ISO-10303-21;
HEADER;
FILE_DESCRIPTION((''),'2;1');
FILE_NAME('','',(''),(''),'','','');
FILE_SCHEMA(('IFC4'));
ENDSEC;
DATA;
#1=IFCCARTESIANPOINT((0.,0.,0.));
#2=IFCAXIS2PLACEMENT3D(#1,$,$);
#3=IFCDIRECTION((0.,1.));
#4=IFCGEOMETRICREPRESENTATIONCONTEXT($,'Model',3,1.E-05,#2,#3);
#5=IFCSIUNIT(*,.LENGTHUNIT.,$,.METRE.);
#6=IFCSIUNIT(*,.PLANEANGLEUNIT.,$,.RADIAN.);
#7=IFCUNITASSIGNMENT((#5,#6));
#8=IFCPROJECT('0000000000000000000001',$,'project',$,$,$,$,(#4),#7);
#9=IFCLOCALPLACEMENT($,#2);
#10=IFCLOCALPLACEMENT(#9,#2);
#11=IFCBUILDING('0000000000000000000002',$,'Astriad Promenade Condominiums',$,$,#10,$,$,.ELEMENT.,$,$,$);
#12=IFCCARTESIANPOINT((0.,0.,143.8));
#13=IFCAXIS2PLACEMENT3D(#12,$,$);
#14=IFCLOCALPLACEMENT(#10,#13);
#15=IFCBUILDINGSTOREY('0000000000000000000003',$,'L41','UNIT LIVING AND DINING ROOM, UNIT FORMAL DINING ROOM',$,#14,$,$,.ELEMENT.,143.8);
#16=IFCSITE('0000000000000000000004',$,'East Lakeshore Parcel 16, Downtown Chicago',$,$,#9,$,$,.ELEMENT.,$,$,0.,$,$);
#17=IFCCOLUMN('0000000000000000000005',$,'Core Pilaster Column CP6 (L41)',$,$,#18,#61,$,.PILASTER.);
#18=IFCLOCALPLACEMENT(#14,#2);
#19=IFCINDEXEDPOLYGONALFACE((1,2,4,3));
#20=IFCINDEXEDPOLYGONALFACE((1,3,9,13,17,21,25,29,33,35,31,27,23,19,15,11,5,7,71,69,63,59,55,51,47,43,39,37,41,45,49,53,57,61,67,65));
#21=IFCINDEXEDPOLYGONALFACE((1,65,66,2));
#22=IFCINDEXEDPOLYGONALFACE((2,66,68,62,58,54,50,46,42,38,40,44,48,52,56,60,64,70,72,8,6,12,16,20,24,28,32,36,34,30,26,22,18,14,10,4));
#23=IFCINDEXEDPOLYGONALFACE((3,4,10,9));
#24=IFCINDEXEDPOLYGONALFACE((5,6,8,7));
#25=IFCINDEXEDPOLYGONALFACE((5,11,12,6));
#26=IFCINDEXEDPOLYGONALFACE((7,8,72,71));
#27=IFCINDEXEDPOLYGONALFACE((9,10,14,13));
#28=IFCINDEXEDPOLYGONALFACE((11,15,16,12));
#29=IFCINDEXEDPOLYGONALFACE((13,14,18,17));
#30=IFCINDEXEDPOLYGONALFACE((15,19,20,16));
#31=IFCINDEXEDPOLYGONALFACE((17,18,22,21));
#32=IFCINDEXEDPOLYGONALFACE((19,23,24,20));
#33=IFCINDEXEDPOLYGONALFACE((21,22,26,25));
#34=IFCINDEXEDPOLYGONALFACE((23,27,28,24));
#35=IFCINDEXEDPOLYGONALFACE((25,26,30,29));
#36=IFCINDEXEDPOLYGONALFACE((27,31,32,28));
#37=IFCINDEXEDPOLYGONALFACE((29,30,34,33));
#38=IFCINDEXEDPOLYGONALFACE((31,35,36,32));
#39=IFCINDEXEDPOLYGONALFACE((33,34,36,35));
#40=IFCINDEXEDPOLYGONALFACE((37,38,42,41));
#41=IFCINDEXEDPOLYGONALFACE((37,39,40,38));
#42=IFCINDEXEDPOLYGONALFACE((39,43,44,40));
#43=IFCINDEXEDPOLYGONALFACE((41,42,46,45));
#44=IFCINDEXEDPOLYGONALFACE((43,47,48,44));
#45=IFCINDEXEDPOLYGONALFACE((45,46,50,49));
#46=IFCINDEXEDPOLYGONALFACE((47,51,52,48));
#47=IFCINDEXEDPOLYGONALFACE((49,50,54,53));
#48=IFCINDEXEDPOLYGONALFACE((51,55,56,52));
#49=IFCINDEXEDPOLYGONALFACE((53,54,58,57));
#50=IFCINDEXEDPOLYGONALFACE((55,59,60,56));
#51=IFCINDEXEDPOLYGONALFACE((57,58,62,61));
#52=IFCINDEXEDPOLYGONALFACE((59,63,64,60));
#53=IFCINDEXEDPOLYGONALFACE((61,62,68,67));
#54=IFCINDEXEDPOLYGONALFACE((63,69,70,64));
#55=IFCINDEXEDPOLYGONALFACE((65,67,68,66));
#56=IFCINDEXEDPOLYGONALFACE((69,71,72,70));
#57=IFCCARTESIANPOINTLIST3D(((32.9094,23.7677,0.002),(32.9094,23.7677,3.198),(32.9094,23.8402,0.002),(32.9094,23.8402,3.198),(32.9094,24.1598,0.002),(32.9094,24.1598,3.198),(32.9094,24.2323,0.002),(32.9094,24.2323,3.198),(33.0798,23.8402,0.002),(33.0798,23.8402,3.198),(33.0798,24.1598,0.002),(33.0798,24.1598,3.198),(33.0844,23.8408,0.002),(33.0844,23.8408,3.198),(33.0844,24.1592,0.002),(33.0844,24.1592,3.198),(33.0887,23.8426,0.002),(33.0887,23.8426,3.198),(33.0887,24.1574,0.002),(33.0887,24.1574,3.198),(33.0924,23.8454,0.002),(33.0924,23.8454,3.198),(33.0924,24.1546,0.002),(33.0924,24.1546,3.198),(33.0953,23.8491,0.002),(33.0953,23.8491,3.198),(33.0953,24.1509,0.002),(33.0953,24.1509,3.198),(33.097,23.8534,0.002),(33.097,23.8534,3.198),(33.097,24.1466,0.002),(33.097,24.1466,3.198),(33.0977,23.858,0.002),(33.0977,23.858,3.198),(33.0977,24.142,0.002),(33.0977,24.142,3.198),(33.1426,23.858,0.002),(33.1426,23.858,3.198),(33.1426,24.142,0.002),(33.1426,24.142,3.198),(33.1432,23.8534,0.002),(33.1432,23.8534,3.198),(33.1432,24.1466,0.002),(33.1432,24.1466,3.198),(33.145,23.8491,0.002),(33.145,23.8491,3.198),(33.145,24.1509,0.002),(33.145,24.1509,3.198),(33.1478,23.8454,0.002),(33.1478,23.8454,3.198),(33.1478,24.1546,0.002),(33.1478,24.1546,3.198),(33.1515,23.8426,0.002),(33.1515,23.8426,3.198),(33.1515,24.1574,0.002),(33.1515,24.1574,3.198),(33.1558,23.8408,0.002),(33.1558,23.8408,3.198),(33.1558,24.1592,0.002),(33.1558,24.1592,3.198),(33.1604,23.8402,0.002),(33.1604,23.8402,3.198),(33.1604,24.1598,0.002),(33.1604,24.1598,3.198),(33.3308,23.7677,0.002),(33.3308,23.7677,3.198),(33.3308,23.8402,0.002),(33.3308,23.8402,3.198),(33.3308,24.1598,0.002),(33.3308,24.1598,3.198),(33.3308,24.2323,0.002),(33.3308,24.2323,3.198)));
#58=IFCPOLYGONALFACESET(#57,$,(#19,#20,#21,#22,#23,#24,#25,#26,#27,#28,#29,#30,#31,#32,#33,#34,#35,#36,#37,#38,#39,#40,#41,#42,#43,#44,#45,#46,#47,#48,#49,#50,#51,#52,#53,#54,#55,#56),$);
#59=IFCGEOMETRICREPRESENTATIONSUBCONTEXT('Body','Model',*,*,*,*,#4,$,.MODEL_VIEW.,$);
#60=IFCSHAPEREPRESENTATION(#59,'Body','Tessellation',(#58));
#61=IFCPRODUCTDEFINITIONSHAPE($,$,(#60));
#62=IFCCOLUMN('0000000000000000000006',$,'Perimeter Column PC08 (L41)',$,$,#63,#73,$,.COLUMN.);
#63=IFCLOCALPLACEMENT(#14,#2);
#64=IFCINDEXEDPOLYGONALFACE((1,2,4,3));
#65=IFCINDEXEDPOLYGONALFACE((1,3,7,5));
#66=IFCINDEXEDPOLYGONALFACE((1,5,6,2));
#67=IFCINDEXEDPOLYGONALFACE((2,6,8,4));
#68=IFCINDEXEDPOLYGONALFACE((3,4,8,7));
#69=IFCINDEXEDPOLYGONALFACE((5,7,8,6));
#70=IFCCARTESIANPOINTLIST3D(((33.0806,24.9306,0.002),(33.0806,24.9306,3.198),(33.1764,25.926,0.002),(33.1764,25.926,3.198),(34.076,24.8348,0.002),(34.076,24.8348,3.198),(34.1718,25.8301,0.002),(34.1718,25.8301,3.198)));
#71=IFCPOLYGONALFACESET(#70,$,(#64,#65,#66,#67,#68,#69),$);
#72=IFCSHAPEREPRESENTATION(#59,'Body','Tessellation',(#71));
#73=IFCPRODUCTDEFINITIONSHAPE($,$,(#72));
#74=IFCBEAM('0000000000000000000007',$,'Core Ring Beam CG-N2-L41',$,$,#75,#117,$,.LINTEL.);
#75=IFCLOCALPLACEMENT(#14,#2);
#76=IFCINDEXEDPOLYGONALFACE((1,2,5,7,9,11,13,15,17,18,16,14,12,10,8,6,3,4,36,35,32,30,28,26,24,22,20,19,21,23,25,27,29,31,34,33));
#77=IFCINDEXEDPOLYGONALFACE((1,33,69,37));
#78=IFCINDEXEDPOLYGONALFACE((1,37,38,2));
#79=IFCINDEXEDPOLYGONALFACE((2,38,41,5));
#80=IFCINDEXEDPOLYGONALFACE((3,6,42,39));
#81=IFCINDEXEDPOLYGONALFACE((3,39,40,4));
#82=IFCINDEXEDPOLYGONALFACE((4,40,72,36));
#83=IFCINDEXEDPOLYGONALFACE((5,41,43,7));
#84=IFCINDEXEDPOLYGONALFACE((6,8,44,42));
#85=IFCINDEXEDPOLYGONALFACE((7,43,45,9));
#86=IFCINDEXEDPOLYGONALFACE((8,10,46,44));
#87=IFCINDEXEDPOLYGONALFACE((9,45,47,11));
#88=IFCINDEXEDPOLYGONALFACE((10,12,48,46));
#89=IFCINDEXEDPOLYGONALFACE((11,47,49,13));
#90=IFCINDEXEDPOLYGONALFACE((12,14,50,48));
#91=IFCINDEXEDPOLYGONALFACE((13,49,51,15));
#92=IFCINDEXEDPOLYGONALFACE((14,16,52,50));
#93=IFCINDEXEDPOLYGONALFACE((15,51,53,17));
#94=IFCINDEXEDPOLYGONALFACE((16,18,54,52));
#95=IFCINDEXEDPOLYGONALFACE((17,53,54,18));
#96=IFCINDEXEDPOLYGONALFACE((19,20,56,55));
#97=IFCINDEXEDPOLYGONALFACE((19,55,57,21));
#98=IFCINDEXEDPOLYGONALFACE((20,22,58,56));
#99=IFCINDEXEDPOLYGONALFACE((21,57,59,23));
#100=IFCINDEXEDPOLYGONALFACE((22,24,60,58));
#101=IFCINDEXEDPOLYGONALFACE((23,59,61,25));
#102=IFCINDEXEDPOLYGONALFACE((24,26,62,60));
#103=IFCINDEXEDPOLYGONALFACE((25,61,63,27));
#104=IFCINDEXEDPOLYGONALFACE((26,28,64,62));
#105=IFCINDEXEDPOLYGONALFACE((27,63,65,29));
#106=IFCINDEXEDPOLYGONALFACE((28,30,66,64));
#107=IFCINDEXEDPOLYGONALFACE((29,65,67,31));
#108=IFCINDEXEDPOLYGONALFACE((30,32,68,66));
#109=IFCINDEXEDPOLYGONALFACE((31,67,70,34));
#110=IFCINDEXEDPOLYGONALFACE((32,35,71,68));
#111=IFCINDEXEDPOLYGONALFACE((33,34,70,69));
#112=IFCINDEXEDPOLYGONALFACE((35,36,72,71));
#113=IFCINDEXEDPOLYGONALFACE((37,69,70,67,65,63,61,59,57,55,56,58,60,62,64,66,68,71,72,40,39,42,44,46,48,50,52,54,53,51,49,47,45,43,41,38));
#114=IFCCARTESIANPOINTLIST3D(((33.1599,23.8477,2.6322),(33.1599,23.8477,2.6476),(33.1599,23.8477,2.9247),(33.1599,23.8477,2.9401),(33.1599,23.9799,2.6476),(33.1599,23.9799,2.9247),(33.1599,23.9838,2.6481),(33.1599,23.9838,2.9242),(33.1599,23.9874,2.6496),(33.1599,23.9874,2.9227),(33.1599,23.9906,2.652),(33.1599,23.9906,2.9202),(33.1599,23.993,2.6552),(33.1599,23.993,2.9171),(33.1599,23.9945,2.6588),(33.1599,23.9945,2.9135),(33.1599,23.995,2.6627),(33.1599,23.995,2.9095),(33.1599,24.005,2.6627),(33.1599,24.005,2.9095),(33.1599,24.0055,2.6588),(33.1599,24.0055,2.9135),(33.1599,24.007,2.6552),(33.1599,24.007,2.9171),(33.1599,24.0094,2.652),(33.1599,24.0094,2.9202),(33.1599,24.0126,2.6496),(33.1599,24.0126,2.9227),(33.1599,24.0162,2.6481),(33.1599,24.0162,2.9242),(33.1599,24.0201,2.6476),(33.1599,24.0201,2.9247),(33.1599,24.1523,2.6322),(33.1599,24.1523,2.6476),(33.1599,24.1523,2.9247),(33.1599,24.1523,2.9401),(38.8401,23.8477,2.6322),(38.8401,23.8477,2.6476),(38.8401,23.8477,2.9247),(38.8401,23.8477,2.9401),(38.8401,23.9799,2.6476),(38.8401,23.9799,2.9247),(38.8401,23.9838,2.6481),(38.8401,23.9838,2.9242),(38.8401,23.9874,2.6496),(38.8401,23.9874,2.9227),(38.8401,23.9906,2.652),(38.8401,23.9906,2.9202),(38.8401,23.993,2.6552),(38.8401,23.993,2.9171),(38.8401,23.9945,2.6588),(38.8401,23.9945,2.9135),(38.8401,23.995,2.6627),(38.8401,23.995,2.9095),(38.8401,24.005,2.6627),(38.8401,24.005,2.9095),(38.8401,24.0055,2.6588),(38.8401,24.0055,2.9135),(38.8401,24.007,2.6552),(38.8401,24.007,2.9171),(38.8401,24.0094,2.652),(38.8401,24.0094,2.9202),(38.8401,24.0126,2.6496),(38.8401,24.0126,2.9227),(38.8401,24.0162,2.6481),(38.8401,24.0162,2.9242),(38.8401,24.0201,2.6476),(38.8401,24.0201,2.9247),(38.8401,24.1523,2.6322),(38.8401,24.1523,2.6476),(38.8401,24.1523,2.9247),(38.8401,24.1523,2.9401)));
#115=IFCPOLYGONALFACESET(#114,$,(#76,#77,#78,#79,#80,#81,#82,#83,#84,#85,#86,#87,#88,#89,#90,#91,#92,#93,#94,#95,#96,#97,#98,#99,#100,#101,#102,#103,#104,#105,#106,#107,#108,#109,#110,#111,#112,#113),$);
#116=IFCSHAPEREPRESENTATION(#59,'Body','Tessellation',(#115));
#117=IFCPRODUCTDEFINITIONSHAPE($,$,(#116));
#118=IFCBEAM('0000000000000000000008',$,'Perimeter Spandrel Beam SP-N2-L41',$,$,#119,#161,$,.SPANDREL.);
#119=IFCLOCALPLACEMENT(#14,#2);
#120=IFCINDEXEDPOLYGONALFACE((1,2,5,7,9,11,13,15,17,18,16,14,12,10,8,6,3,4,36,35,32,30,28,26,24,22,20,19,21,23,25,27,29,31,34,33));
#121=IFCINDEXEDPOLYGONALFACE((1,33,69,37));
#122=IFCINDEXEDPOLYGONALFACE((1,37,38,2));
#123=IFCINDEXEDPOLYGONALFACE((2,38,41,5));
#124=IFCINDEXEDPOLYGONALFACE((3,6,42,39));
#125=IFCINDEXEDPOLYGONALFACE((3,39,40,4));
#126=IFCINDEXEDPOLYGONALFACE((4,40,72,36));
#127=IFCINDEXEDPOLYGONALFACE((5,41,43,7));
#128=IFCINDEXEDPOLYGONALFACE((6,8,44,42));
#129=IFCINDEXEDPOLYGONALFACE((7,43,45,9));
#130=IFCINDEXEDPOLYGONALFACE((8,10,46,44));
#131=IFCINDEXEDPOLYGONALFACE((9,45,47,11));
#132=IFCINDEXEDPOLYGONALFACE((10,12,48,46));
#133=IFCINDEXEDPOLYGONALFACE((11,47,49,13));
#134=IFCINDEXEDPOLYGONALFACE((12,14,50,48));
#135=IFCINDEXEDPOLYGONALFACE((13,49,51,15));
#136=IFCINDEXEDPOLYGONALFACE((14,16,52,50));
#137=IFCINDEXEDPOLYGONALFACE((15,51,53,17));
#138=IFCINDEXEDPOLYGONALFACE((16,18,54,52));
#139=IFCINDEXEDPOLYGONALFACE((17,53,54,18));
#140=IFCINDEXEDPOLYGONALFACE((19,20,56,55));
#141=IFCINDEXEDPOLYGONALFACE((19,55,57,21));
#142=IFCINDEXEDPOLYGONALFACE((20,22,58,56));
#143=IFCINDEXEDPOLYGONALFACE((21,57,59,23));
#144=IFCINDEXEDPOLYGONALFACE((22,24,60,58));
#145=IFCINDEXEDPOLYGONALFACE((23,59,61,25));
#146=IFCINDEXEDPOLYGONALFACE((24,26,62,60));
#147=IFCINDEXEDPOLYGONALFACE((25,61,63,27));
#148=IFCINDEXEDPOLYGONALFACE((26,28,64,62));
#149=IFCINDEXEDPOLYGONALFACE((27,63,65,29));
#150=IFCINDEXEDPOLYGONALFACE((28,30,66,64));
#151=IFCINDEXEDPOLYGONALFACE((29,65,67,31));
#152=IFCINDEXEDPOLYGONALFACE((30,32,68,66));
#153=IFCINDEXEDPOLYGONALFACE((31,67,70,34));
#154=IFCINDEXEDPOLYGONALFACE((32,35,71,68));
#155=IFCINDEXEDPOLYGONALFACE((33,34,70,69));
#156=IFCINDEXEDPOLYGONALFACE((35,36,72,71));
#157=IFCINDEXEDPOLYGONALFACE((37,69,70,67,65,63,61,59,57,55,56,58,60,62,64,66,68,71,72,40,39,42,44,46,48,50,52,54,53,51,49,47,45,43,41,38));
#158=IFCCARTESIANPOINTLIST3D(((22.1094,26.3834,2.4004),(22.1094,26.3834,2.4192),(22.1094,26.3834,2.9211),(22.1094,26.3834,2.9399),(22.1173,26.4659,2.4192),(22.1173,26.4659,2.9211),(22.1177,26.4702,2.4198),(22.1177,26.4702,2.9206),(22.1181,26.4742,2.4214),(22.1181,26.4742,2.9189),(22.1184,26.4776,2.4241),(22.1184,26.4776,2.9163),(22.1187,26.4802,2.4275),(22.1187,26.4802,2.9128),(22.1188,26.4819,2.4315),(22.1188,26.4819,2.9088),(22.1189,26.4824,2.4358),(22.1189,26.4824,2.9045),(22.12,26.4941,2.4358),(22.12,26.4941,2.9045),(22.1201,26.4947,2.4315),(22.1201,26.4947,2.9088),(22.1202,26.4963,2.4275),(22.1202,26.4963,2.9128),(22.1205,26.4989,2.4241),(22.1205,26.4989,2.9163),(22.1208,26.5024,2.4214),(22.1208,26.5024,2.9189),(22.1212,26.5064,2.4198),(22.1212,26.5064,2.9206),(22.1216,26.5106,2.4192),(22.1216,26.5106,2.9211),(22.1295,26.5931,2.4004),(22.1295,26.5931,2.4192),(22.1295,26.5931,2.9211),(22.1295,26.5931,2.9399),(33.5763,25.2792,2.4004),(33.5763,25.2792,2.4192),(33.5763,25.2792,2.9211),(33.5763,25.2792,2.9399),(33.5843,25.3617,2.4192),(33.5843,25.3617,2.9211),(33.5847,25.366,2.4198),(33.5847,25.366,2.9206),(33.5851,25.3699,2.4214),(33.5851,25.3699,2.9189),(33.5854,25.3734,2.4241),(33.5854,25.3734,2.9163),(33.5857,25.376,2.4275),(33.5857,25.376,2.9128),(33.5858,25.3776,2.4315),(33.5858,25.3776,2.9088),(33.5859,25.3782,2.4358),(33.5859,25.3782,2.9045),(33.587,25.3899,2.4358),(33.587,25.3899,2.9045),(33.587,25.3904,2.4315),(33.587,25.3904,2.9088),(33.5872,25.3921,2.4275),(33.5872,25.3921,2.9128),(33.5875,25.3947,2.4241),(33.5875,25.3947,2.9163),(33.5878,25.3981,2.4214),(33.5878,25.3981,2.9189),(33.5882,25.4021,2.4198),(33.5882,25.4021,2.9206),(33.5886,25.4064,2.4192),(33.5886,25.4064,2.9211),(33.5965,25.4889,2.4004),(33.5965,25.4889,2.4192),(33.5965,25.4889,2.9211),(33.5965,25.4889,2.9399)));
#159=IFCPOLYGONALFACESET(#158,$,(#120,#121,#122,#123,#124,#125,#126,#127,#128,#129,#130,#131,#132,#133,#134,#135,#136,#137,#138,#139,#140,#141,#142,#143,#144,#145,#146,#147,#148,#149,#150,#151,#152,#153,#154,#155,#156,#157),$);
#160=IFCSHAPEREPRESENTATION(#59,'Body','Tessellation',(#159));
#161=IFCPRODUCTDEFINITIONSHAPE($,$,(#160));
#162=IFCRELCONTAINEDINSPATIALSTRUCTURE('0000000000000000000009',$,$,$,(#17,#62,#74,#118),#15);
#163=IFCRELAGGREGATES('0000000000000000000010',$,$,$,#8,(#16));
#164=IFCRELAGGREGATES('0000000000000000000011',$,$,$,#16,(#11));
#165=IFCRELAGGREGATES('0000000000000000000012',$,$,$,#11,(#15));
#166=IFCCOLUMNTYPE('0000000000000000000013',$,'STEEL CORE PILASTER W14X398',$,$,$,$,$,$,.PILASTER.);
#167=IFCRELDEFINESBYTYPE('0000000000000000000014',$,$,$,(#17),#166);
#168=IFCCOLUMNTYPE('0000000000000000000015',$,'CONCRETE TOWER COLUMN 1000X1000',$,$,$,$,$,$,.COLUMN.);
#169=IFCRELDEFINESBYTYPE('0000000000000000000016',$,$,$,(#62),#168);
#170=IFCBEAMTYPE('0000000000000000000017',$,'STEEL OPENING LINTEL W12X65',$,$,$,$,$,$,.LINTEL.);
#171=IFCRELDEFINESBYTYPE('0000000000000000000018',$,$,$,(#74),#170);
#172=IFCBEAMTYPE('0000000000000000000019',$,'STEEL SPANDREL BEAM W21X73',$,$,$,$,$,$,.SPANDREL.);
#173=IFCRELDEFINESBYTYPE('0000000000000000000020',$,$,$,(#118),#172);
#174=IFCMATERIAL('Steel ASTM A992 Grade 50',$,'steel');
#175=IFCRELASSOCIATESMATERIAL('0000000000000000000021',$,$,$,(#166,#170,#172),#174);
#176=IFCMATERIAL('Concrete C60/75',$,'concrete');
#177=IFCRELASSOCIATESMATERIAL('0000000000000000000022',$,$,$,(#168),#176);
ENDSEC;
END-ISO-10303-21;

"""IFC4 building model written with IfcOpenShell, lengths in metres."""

from ifc_helpers import new_model, si_unit, direction, frame, origin, origin_2d, place, context, subcontext, project, spatial, rectangle, i_section, extrude, source, transform, mapped, material, material_profile, profile_set, type_object, type_shapes, element, save


model = new_model("IFC4")

# Units and contexts
model_context = context("Model", 3, precision=1e-05, world=origin(), true_north=direction((0.0, 1.0)))
body_context = subcontext(model_context, "Body", "Model", "MODEL_VIEW")
ifc_project = project(units=[si_unit("LENGTHUNIT", "METRE"), si_unit("PLANEANGLEUNIT", "RADIAN")], contexts=[model_context])

# Site, building, storey
site_placement = place(None, origin())
site = spatial("IfcSite", under=ifc_project, at=site_placement, Name="East Lakeshore Parcel 16, Downtown Chicago", CompositionType="ELEMENT", RefElevation=0.0)
building_placement = place(site_placement, origin())
building = spatial("IfcBuilding", under=site, at=building_placement, Name="Astriad Promenade Condominiums", CompositionType="ELEMENT")
storey_placement = place(building_placement, frame((0.0, 0.0, 143.8)))
storey = spatial("IfcBuildingStorey", under=building, at=storey_placement, Name="L41", Description="UNIT LIVING AND DINING ROOM, UNIT FORMAL DINING ROOM", CompositionType="ELEMENT", Elevation=143.8)

# Columns
ifc_material_1 = material(Name="Steel ASTM A992 Grade 50", Category="steel")
ifc_material_profile_1 = material_profile(ifc_material_1, i_section(OverallWidth=0.4214, OverallDepth=0.4646, WebThickness=0.0449, FlangeThickness=0.0725, FilletRadius=0.0178, at=origin_2d()), Name="W14X398")
ifc_profile_set_1 = profile_set([ifc_material_profile_1], Name="Steel ASTM A992 Grade 50")
column_type_1 = type_object("IfcColumnType", Name="STEEL CORE PILASTER W14X398", PredefinedType="PILASTER", material=ifc_profile_set_1)
shared_shape_1 = source(origin(), body_context, "Body", "SweptSolid", [
    extrude(i_section(OverallWidth=0.4214, OverallDepth=0.4646, WebThickness=0.0449, FlangeThickness=0.0725, FilletRadius=0.0178, at=origin_2d()), origin(), (0.0, 0.0, 1.0), 3.196),
])
type_shapes(column_type_1, [shared_shape_1])
column_1_placement = place(storey_placement, frame((33.1201, 24.0, 0.002), z_axis=(0.0, 0.0, 1.0), x_axis=(1.0, 0.0, 0.0)))
element("IfcColumn", 1, at=column_1_placement, inside=storey, type_object=column_type_1, Name="Core Pilaster Column CP6 (L41)", PredefinedType="PILASTER", context=body_context, shape_type="MappedRepresentation", body=[
    mapped(shared_shape_1, transform((0.0, 0.0, 0.0), scale=1.0)),
])
ifc_material_2 = material(Name="Concrete C60/75", Category="concrete")
ifc_material_profile_2 = material_profile(ifc_material_2, rectangle(XDim=1.0, YDim=1.0, at=origin_2d()), Name="RC-COL-1000X1000")
ifc_profile_set_2 = profile_set([ifc_material_profile_2], Name="Concrete C60/75")
column_type_2 = type_object("IfcColumnType", Name="CONCRETE TOWER COLUMN 1000X1000", PredefinedType="COLUMN", material=ifc_profile_set_2)
shared_shape_2 = source(origin(), body_context, "Body", "SweptSolid", [
    extrude(rectangle(XDim=1.0, YDim=1.0, at=origin_2d()), origin(), (0.0, 0.0, 1.0), 3.196),
])
type_shapes(column_type_2, [shared_shape_2])
column_2_placement = place(storey_placement, frame((33.6262, 25.3804, 0.002), z_axis=(0.0, 0.0, 1.0), x_axis=(0.995396, -0.095846, 0.0)))
element("IfcColumn", 2, at=column_2_placement, inside=storey, type_object=column_type_2, Name="Perimeter Column PC08 (L41)", PredefinedType="COLUMN", context=body_context, shape_type="MappedRepresentation", body=[
    mapped(shared_shape_2, transform((0.0, 0.0, 0.0), scale=1.0)),
])

# Beams
ifc_material_profile_3 = material_profile(ifc_material_1, i_section(OverallWidth=0.3047, OverallDepth=0.3079, WebThickness=0.01, FlangeThickness=0.0154, FilletRadius=0.0151, at=origin_2d()), Name="W12X65")
ifc_profile_set_3 = profile_set([ifc_material_profile_3], Name="Steel ASTM A992 Grade 50")
beam_type_1 = type_object("IfcBeamType", Name="STEEL OPENING LINTEL W12X65", PredefinedType="LINTEL", material=ifc_profile_set_3)
shared_shape_3 = source(origin(), body_context, "Body", "SweptSolid", [
    extrude(i_section(OverallWidth=0.3047, OverallDepth=0.3079, WebThickness=0.01, FlangeThickness=0.0154, FilletRadius=0.0151, at=origin_2d()), origin(), (0.0, 0.0, 1.0), 5.6802),
])
type_shapes(beam_type_1, [shared_shape_3])
beam_1_placement = place(storey_placement, frame((33.1599, 24.0, 2.7861), z_axis=(1.0, 0.0, 0.0), x_axis=(0.0, 1.0, 0.0)))
element("IfcBeam", 3, at=beam_1_placement, inside=storey, type_object=beam_type_1, Name="Core Ring Beam CG-N2-L41", PredefinedType="LINTEL", context=body_context, shape_type="MappedRepresentation", body=[
    mapped(shared_shape_3, transform((0.0, 0.0, 0.0), scale=1.0)),
])
ifc_material_profile_4 = material_profile(ifc_material_1, i_section(OverallWidth=0.2107, OverallDepth=0.5396, WebThickness=0.0117, FlangeThickness=0.0188, FilletRadius=0.0166, at=origin_2d()), Name="W21X73")
ifc_profile_set_4 = profile_set([ifc_material_profile_4], Name="Steel ASTM A992 Grade 50")
beam_type_2 = type_object("IfcBeamType", Name="STEEL SPANDREL BEAM W21X73", PredefinedType="SPANDREL", material=ifc_profile_set_4)
shared_shape_4 = source(origin(), body_context, "Body", "SweptSolid", [
    extrude(i_section(OverallWidth=0.2107, OverallDepth=0.5396, WebThickness=0.0117, FlangeThickness=0.0188, FilletRadius=0.0166, at=origin_2d()), origin(), (0.0, 0.0, 1.0), 11.52),
])
type_shapes(beam_type_2, [shared_shape_4])
beam_2_placement = place(storey_placement, frame((33.5864, 25.384, 2.6702), z_axis=(-0.995395, 0.095854, 0.0), x_axis=(-0.095854, -0.995395, 0.0)))
element("IfcBeam", 4, at=beam_2_placement, inside=storey, type_object=beam_type_2, Name="Perimeter Spandrel Beam SP-N2-L41", PredefinedType="SPANDREL", context=body_context, shape_type="MappedRepresentation", body=[
    mapped(shared_shape_4, transform((0.0, 0.0, 0.0), scale=1.0)),
])

save(model, "model.ifc")
